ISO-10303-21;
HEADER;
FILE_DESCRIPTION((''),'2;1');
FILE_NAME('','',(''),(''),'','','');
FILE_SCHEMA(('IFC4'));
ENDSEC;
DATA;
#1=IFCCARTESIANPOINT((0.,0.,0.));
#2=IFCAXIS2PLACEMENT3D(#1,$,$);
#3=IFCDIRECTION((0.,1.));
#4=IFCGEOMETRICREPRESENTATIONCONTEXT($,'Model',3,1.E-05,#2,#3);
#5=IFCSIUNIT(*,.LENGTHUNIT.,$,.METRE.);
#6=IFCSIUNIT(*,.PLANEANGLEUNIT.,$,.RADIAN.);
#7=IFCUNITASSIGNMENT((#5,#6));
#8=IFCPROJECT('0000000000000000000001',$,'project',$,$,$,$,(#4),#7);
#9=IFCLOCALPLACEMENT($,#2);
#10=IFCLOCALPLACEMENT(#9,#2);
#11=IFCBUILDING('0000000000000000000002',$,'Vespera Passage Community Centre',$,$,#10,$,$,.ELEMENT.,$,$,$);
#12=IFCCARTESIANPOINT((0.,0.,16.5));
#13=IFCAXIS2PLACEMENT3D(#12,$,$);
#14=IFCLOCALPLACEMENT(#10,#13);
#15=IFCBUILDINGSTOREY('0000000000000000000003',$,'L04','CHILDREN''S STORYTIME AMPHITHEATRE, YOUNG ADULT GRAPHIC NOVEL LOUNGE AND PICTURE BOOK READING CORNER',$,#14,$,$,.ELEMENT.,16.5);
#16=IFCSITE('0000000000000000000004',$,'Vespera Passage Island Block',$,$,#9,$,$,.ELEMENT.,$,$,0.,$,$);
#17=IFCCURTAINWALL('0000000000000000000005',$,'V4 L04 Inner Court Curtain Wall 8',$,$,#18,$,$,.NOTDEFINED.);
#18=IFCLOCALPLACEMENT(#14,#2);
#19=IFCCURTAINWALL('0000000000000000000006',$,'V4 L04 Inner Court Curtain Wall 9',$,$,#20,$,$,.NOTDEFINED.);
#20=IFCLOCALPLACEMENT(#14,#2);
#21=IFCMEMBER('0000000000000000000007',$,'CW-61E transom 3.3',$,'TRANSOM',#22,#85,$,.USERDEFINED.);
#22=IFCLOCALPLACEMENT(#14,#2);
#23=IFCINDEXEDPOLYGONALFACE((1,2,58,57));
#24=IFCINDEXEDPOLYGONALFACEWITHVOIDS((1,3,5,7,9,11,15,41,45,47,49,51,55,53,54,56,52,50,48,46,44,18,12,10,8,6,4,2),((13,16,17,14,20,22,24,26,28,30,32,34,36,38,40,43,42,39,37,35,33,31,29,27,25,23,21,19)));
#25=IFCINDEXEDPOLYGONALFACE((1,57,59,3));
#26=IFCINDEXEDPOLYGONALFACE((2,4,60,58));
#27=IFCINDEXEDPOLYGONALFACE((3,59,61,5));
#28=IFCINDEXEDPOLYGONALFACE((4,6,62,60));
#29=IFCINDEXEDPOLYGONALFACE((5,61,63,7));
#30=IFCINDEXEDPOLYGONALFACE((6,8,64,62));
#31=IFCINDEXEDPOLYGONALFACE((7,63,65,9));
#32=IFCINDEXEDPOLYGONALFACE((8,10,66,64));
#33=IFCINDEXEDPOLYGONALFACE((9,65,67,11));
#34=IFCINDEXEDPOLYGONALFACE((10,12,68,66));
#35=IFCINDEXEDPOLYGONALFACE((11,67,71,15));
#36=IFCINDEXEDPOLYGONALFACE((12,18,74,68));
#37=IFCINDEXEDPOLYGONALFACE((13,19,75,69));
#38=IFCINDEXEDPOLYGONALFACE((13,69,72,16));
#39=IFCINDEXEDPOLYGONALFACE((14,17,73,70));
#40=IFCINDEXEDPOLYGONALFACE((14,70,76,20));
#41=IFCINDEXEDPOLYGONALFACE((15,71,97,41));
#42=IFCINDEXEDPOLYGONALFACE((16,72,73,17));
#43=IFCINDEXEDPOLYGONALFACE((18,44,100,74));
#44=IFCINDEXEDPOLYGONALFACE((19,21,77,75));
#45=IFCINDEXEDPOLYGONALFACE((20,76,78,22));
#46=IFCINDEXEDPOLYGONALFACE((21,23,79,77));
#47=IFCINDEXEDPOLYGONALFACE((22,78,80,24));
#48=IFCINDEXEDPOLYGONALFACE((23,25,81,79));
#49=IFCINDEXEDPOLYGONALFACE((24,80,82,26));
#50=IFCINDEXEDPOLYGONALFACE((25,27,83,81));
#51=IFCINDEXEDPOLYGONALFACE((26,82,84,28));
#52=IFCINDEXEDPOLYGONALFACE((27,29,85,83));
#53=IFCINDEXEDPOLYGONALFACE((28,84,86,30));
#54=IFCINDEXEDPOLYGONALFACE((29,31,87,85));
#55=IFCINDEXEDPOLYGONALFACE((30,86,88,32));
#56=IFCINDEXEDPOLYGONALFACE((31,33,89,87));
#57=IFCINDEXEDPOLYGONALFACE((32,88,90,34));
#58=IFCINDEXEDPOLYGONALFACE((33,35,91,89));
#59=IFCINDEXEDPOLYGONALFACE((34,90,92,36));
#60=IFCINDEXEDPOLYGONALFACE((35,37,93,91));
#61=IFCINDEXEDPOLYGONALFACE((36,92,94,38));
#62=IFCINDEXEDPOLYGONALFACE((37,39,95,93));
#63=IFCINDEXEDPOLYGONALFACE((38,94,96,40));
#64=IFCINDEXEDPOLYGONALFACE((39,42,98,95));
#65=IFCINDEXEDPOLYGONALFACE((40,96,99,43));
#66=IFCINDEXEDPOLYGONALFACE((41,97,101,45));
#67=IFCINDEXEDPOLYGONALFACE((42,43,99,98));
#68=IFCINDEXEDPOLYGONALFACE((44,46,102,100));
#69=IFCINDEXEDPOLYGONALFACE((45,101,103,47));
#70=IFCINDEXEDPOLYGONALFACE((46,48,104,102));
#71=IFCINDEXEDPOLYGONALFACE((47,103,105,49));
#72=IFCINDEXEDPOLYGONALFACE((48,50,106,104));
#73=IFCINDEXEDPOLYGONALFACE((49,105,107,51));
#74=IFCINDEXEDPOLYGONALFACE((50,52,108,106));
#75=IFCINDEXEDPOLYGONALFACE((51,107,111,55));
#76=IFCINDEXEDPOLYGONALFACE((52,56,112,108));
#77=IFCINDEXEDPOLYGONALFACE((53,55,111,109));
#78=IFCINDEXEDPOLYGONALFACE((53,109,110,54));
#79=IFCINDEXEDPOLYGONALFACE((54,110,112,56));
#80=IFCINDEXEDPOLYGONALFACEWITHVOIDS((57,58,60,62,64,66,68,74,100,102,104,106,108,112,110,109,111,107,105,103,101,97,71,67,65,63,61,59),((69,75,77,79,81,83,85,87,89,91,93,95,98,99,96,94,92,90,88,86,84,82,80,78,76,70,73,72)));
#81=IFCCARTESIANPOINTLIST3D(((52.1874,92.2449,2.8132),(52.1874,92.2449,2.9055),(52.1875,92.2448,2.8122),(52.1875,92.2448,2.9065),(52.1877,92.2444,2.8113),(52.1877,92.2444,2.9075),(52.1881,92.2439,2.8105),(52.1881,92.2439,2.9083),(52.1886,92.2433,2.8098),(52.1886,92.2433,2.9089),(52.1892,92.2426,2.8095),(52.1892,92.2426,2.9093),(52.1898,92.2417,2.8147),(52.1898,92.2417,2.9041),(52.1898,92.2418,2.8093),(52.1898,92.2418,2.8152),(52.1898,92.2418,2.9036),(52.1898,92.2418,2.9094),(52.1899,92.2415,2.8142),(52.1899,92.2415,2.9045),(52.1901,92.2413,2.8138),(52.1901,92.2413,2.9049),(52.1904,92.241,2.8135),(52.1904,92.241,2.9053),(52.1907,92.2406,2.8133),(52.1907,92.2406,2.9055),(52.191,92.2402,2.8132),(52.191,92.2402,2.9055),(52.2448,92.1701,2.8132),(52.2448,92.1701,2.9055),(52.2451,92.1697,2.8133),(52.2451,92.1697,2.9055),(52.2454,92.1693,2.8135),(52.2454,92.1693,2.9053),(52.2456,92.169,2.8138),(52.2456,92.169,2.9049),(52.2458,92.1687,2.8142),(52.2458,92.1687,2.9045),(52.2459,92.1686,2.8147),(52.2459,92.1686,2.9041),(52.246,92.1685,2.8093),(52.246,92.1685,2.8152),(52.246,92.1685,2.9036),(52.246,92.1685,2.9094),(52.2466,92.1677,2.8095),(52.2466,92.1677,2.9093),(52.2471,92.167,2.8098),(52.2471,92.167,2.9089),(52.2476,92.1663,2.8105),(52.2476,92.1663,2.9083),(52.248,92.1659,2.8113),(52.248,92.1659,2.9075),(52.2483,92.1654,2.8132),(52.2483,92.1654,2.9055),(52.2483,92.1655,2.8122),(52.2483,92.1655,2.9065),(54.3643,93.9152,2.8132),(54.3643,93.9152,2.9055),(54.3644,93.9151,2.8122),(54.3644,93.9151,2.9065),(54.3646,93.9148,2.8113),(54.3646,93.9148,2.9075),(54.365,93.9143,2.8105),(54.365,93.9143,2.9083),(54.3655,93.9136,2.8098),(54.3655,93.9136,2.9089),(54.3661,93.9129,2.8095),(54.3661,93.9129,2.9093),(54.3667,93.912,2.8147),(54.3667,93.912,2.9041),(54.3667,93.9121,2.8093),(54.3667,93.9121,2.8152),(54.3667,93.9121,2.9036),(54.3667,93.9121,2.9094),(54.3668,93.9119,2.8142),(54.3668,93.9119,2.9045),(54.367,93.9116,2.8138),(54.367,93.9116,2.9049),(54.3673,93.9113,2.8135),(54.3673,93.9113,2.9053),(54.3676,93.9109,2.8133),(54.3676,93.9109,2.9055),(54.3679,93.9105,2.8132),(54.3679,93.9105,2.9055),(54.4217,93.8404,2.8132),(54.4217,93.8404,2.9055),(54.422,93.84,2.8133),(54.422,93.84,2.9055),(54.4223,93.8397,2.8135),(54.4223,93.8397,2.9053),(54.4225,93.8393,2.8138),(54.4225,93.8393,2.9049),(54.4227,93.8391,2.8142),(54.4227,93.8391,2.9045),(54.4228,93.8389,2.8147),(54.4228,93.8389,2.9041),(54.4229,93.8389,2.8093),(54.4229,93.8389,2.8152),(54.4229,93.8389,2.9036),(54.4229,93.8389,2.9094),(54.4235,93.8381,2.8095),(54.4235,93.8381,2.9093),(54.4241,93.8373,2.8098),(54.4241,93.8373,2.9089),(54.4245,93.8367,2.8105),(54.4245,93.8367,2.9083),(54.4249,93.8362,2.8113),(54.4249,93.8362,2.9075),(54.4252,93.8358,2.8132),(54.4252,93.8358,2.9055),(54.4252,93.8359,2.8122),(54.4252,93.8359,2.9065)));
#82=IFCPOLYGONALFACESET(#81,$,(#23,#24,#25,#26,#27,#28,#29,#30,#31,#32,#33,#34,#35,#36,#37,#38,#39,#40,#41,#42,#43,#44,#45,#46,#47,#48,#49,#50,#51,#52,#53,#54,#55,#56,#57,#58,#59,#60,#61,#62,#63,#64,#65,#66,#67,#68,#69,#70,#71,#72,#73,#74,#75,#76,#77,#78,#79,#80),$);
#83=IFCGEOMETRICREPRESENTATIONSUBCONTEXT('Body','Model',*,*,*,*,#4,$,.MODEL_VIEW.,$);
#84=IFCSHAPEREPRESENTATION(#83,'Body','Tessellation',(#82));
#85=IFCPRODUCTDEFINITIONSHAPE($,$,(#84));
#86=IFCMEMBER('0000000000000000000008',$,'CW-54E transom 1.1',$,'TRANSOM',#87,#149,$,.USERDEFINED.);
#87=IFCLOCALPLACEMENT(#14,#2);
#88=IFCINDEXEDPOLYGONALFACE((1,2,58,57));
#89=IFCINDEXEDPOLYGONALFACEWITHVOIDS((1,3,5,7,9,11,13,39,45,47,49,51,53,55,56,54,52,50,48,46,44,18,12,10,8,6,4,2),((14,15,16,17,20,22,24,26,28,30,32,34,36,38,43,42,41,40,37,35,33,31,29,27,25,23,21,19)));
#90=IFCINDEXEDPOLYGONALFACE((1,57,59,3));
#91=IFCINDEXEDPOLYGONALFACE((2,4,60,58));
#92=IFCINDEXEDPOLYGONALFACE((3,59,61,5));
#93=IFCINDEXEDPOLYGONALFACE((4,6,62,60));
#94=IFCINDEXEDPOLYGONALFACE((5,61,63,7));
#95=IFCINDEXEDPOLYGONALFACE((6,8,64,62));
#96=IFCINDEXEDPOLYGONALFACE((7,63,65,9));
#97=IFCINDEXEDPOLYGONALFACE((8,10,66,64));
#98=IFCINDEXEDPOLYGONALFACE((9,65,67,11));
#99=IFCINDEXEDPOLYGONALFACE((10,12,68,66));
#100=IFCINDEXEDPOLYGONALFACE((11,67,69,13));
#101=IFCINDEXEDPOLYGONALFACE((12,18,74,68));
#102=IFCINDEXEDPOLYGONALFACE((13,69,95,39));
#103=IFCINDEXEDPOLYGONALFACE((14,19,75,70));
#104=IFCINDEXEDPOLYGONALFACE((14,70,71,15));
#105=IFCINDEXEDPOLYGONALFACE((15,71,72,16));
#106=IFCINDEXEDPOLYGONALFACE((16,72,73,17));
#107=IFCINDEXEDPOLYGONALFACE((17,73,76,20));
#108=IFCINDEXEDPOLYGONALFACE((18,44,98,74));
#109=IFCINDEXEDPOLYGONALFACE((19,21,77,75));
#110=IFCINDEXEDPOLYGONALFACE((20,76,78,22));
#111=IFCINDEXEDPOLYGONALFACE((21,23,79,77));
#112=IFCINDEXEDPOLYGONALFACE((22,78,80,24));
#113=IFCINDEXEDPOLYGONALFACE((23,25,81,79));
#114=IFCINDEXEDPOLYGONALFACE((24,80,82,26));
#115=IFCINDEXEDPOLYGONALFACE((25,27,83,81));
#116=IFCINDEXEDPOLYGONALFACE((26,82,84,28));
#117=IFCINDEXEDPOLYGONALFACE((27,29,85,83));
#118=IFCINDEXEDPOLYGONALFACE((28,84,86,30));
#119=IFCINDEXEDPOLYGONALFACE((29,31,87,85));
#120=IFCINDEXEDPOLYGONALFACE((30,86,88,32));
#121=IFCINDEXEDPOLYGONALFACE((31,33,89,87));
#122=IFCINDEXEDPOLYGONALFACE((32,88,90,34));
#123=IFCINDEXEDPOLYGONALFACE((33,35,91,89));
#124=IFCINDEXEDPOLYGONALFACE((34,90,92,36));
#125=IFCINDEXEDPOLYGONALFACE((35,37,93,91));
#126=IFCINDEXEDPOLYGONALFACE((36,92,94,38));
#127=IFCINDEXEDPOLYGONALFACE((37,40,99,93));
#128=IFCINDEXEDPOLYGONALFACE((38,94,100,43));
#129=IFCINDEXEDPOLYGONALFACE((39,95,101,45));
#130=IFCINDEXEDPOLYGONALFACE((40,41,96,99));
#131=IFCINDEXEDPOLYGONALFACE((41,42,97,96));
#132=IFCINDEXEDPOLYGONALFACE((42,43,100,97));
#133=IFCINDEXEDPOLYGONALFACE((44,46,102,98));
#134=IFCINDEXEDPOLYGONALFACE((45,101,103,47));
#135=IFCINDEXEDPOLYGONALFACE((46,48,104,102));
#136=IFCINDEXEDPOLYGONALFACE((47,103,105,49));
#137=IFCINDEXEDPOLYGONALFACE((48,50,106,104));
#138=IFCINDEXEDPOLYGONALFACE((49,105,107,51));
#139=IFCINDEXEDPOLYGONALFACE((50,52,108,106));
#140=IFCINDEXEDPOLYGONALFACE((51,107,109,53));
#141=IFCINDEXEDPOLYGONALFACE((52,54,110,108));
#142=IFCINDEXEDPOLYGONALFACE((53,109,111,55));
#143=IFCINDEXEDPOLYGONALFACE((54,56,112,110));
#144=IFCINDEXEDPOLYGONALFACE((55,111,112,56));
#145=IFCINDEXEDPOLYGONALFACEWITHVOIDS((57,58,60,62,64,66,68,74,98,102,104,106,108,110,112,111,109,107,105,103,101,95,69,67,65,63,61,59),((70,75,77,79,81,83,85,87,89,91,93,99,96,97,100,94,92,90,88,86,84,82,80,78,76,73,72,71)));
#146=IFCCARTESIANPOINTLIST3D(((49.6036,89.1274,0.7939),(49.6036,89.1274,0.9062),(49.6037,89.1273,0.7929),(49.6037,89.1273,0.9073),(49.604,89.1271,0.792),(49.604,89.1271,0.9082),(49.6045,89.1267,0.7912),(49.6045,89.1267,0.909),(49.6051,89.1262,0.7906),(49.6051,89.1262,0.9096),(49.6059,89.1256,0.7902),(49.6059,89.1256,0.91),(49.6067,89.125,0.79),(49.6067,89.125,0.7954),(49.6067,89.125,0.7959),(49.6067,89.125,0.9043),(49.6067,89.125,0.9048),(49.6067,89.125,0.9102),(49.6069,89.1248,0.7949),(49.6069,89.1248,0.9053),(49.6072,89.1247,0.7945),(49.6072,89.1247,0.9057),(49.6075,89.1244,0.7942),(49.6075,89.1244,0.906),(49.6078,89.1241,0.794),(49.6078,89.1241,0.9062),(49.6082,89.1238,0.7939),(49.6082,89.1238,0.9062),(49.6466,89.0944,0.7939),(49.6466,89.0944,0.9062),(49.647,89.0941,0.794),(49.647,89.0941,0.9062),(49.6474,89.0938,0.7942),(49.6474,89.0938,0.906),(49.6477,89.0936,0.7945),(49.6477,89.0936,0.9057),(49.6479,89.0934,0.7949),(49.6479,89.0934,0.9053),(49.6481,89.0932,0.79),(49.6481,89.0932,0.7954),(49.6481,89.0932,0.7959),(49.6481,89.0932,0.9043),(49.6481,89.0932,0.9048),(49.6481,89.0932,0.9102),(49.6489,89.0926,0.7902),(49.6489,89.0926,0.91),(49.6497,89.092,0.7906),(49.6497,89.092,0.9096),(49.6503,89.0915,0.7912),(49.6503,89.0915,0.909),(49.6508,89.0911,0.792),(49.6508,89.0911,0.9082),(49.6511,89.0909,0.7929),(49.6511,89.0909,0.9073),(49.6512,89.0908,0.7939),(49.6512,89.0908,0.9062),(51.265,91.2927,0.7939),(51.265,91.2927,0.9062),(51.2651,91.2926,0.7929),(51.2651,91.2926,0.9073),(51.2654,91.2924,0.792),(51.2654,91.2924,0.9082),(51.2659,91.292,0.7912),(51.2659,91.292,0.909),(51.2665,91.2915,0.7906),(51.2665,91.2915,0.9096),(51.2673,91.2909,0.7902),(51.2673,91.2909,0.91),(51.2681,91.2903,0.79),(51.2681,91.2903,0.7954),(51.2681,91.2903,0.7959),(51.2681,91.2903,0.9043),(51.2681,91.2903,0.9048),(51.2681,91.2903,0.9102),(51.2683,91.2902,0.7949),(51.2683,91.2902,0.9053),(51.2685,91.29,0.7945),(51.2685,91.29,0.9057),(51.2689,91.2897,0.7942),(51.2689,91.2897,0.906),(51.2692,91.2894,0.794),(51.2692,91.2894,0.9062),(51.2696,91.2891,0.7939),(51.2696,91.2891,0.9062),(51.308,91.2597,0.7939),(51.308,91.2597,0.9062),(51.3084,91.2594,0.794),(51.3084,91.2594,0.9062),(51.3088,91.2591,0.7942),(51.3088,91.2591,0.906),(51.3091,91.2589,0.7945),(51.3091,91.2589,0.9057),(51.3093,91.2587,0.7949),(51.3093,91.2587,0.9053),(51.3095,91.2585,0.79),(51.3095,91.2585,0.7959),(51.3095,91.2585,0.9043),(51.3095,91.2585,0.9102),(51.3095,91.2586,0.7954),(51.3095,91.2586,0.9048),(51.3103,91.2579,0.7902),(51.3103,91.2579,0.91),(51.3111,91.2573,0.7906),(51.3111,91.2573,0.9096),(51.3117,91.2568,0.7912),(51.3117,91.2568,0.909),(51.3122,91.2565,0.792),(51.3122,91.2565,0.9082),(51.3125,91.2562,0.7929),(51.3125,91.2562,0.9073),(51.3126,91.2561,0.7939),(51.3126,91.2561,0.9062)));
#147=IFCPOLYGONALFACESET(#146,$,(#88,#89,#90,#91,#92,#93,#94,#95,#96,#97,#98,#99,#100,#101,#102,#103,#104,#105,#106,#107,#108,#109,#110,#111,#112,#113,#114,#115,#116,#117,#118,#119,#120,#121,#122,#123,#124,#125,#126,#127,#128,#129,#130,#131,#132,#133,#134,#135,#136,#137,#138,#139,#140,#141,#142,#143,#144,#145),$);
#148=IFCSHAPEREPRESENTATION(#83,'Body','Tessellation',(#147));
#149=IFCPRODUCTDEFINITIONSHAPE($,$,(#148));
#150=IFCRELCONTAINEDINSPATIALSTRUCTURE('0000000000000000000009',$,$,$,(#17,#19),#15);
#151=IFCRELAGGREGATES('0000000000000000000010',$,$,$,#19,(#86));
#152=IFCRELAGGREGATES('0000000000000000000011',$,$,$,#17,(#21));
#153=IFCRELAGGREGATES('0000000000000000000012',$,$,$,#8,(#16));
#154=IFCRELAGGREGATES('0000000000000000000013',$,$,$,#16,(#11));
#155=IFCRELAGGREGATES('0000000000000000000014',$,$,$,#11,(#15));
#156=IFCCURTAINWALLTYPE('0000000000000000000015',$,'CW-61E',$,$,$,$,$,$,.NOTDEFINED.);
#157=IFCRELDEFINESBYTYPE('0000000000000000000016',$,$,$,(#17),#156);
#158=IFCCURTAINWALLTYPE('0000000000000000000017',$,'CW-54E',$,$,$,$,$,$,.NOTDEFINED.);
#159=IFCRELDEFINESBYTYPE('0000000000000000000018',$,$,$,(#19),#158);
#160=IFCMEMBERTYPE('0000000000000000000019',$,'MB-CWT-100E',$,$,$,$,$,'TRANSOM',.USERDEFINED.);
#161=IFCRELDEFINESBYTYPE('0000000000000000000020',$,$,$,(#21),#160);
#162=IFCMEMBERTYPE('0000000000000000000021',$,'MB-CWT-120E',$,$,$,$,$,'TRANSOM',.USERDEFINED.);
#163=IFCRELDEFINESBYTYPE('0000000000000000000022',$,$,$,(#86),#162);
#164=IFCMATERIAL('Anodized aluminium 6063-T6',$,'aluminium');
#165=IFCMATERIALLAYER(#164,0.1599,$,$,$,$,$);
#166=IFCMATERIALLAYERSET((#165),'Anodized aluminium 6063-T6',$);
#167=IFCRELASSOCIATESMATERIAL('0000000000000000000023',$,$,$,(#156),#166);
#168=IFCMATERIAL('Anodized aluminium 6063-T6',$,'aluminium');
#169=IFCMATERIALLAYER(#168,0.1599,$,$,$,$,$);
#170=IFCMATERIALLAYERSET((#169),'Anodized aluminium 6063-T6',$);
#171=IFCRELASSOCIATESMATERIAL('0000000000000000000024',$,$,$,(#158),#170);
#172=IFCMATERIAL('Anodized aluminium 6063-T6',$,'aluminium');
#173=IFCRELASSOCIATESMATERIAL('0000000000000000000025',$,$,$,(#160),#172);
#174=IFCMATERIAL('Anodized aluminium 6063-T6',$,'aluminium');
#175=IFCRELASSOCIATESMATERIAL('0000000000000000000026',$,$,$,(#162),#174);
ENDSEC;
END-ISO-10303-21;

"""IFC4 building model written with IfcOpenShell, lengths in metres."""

from ifc_helpers import new_model, si_unit, direction, frame, origin, origin_2d, place, context, subcontext, project, spatial, hollow_rectangle, extrude, material, layer, layer_set, material_profile, profile_set, type_object, element, aggregate, save


model = new_model("IFC4")

# Units and contexts
model_context = context("Model", 3, precision=1e-05, world=origin(), true_north=direction((0.0, 1.0)))
body_context = subcontext(model_context, "Body", "Model", "MODEL_VIEW")
ifc_project = project(units=[si_unit("LENGTHUNIT", "METRE"), si_unit("PLANEANGLEUNIT", "RADIAN")], contexts=[model_context])

# Site, building, storey
site_placement = place(None, origin())
site = spatial("IfcSite", under=ifc_project, at=site_placement, Name="Vespera Passage Island Block", CompositionType="ELEMENT", RefElevation=0.0)
building_placement = place(site_placement, origin())
building = spatial("IfcBuilding", under=site, at=building_placement, Name="Vespera Passage Community Centre", CompositionType="ELEMENT")
storey_placement = place(building_placement, frame((0.0, 0.0, 16.5)))
storey = spatial("IfcBuildingStorey", under=building, at=storey_placement, Name="L04", Description="CHILDREN'S STORYTIME AMPHITHEATRE, YOUNG ADULT GRAPHIC NOVEL LOUNGE AND PICTURE BOOK READING CORNER", CompositionType="ELEMENT", Elevation=16.5)

# Curtain wall
ifc_material_1 = material(Name="Anodized aluminium 6063-T6", Category="aluminium")
ifc_layer_1 = layer(ifc_material_1, 0.1599)
ifc_layer_set_1 = layer_set([ifc_layer_1], Name="Anodized aluminium 6063-T6")
curtain_wall_type_1 = type_object("IfcCurtainWallType", Name="CW-61E", PredefinedType="NOTDEFINED", material=ifc_layer_set_1)
curtain_wall_1_placement = place(storey_placement, origin())
curtain_wall_1 = element("IfcCurtainWall", 1, at=curtain_wall_1_placement, inside=storey, type_object=curtain_wall_type_1, Name="V4 L04 Inner Court Curtain Wall 8", PredefinedType="NOTDEFINED")

# Curtain wall
ifc_material_2 = material(Name="Anodized aluminium 6063-T6", Category="aluminium")
ifc_layer_2 = layer(ifc_material_2, 0.1599)
ifc_layer_set_2 = layer_set([ifc_layer_2], Name="Anodized aluminium 6063-T6")
curtain_wall_type_2 = type_object("IfcCurtainWallType", Name="CW-54E", PredefinedType="NOTDEFINED", material=ifc_layer_set_2)
curtain_wall_2_placement = place(storey_placement, origin())
curtain_wall_2 = element("IfcCurtainWall", 2, at=curtain_wall_2_placement, inside=storey, type_object=curtain_wall_type_2, Name="V4 L04 Inner Court Curtain Wall 9", PredefinedType="NOTDEFINED")

# Members
ifc_material_3 = material(Name="Anodized aluminium 6063-T6", Category="aluminium")
ifc_material_profile_1 = material_profile(ifc_material_3, hollow_rectangle(XDim=0.1001, YDim=0.1001, WallThickness=0.0039, InnerFilletRadius=0.002, OuterFilletRadius=0.0039, at=origin_2d()), Name="ALU100X100X4")
ifc_profile_set_1 = profile_set([ifc_material_profile_1], Name="Anodized aluminium 6063-T6")
member_type_1 = type_object("IfcMemberType", Name="MB-CWT-100E", ElementType="TRANSOM", PredefinedType="USERDEFINED", material=ifc_profile_set_1)
member_1_placement = place(storey_placement, frame((54.3948, 93.8755, 2.8594), z_axis=(-0.793364, -0.608747, 0.0), x_axis=(0.608747, -0.793364, 0.0)))
member_1 = element("IfcMember", 3, at=member_1_placement, type_object=member_type_1, Name="CW-61E transom 3.3", ObjectType="TRANSOM", PredefinedType="USERDEFINED", context=body_context, shape_type="SweptSolid", body=[
    extrude(hollow_rectangle(XDim=0.1001, YDim=0.1001, WallThickness=0.0039, InnerFilletRadius=0.002, OuterFilletRadius=0.0039, at=origin_2d()), origin(), (0.0, 0.0, 1.0), 2.7439),
])
ifc_material_4 = material(Name="Anodized aluminium 6063-T6", Category="aluminium")
ifc_material_profile_2 = material_profile(ifc_material_4, hollow_rectangle(XDim=0.0601, YDim=0.1201, WallThickness=0.0039, InnerFilletRadius=0.002, OuterFilletRadius=0.0039, at=origin_2d()), Name="ALU120X60X4")
ifc_profile_set_2 = profile_set([ifc_material_profile_2], Name="Anodized aluminium 6063-T6")
member_type_2 = type_object("IfcMemberType", Name="MB-CWT-120E", ElementType="TRANSOM", PredefinedType="USERDEFINED", material=ifc_profile_set_2)
member_2_placement = place(storey_placement, frame((51.2888, 91.2744, 0.8501), z_axis=(-0.608738, -0.793372, 0.0), x_axis=(0.793372, -0.608738, 0.0)))
member_2 = element("IfcMember", 4, at=member_2_placement, type_object=member_type_2, Name="CW-54E transom 1.1", ObjectType="TRANSOM", PredefinedType="USERDEFINED", context=body_context, shape_type="SweptSolid", body=[
    extrude(hollow_rectangle(XDim=0.0601, YDim=0.1201, WallThickness=0.0039, InnerFilletRadius=0.002, OuterFilletRadius=0.0039, at=origin_2d()), origin(), (0.0, 0.0, 1.0), 2.7292),
])

aggregate(curtain_wall_2, [member_2])
aggregate(curtain_wall_1, [member_1])

save(model, "model.ifc")
